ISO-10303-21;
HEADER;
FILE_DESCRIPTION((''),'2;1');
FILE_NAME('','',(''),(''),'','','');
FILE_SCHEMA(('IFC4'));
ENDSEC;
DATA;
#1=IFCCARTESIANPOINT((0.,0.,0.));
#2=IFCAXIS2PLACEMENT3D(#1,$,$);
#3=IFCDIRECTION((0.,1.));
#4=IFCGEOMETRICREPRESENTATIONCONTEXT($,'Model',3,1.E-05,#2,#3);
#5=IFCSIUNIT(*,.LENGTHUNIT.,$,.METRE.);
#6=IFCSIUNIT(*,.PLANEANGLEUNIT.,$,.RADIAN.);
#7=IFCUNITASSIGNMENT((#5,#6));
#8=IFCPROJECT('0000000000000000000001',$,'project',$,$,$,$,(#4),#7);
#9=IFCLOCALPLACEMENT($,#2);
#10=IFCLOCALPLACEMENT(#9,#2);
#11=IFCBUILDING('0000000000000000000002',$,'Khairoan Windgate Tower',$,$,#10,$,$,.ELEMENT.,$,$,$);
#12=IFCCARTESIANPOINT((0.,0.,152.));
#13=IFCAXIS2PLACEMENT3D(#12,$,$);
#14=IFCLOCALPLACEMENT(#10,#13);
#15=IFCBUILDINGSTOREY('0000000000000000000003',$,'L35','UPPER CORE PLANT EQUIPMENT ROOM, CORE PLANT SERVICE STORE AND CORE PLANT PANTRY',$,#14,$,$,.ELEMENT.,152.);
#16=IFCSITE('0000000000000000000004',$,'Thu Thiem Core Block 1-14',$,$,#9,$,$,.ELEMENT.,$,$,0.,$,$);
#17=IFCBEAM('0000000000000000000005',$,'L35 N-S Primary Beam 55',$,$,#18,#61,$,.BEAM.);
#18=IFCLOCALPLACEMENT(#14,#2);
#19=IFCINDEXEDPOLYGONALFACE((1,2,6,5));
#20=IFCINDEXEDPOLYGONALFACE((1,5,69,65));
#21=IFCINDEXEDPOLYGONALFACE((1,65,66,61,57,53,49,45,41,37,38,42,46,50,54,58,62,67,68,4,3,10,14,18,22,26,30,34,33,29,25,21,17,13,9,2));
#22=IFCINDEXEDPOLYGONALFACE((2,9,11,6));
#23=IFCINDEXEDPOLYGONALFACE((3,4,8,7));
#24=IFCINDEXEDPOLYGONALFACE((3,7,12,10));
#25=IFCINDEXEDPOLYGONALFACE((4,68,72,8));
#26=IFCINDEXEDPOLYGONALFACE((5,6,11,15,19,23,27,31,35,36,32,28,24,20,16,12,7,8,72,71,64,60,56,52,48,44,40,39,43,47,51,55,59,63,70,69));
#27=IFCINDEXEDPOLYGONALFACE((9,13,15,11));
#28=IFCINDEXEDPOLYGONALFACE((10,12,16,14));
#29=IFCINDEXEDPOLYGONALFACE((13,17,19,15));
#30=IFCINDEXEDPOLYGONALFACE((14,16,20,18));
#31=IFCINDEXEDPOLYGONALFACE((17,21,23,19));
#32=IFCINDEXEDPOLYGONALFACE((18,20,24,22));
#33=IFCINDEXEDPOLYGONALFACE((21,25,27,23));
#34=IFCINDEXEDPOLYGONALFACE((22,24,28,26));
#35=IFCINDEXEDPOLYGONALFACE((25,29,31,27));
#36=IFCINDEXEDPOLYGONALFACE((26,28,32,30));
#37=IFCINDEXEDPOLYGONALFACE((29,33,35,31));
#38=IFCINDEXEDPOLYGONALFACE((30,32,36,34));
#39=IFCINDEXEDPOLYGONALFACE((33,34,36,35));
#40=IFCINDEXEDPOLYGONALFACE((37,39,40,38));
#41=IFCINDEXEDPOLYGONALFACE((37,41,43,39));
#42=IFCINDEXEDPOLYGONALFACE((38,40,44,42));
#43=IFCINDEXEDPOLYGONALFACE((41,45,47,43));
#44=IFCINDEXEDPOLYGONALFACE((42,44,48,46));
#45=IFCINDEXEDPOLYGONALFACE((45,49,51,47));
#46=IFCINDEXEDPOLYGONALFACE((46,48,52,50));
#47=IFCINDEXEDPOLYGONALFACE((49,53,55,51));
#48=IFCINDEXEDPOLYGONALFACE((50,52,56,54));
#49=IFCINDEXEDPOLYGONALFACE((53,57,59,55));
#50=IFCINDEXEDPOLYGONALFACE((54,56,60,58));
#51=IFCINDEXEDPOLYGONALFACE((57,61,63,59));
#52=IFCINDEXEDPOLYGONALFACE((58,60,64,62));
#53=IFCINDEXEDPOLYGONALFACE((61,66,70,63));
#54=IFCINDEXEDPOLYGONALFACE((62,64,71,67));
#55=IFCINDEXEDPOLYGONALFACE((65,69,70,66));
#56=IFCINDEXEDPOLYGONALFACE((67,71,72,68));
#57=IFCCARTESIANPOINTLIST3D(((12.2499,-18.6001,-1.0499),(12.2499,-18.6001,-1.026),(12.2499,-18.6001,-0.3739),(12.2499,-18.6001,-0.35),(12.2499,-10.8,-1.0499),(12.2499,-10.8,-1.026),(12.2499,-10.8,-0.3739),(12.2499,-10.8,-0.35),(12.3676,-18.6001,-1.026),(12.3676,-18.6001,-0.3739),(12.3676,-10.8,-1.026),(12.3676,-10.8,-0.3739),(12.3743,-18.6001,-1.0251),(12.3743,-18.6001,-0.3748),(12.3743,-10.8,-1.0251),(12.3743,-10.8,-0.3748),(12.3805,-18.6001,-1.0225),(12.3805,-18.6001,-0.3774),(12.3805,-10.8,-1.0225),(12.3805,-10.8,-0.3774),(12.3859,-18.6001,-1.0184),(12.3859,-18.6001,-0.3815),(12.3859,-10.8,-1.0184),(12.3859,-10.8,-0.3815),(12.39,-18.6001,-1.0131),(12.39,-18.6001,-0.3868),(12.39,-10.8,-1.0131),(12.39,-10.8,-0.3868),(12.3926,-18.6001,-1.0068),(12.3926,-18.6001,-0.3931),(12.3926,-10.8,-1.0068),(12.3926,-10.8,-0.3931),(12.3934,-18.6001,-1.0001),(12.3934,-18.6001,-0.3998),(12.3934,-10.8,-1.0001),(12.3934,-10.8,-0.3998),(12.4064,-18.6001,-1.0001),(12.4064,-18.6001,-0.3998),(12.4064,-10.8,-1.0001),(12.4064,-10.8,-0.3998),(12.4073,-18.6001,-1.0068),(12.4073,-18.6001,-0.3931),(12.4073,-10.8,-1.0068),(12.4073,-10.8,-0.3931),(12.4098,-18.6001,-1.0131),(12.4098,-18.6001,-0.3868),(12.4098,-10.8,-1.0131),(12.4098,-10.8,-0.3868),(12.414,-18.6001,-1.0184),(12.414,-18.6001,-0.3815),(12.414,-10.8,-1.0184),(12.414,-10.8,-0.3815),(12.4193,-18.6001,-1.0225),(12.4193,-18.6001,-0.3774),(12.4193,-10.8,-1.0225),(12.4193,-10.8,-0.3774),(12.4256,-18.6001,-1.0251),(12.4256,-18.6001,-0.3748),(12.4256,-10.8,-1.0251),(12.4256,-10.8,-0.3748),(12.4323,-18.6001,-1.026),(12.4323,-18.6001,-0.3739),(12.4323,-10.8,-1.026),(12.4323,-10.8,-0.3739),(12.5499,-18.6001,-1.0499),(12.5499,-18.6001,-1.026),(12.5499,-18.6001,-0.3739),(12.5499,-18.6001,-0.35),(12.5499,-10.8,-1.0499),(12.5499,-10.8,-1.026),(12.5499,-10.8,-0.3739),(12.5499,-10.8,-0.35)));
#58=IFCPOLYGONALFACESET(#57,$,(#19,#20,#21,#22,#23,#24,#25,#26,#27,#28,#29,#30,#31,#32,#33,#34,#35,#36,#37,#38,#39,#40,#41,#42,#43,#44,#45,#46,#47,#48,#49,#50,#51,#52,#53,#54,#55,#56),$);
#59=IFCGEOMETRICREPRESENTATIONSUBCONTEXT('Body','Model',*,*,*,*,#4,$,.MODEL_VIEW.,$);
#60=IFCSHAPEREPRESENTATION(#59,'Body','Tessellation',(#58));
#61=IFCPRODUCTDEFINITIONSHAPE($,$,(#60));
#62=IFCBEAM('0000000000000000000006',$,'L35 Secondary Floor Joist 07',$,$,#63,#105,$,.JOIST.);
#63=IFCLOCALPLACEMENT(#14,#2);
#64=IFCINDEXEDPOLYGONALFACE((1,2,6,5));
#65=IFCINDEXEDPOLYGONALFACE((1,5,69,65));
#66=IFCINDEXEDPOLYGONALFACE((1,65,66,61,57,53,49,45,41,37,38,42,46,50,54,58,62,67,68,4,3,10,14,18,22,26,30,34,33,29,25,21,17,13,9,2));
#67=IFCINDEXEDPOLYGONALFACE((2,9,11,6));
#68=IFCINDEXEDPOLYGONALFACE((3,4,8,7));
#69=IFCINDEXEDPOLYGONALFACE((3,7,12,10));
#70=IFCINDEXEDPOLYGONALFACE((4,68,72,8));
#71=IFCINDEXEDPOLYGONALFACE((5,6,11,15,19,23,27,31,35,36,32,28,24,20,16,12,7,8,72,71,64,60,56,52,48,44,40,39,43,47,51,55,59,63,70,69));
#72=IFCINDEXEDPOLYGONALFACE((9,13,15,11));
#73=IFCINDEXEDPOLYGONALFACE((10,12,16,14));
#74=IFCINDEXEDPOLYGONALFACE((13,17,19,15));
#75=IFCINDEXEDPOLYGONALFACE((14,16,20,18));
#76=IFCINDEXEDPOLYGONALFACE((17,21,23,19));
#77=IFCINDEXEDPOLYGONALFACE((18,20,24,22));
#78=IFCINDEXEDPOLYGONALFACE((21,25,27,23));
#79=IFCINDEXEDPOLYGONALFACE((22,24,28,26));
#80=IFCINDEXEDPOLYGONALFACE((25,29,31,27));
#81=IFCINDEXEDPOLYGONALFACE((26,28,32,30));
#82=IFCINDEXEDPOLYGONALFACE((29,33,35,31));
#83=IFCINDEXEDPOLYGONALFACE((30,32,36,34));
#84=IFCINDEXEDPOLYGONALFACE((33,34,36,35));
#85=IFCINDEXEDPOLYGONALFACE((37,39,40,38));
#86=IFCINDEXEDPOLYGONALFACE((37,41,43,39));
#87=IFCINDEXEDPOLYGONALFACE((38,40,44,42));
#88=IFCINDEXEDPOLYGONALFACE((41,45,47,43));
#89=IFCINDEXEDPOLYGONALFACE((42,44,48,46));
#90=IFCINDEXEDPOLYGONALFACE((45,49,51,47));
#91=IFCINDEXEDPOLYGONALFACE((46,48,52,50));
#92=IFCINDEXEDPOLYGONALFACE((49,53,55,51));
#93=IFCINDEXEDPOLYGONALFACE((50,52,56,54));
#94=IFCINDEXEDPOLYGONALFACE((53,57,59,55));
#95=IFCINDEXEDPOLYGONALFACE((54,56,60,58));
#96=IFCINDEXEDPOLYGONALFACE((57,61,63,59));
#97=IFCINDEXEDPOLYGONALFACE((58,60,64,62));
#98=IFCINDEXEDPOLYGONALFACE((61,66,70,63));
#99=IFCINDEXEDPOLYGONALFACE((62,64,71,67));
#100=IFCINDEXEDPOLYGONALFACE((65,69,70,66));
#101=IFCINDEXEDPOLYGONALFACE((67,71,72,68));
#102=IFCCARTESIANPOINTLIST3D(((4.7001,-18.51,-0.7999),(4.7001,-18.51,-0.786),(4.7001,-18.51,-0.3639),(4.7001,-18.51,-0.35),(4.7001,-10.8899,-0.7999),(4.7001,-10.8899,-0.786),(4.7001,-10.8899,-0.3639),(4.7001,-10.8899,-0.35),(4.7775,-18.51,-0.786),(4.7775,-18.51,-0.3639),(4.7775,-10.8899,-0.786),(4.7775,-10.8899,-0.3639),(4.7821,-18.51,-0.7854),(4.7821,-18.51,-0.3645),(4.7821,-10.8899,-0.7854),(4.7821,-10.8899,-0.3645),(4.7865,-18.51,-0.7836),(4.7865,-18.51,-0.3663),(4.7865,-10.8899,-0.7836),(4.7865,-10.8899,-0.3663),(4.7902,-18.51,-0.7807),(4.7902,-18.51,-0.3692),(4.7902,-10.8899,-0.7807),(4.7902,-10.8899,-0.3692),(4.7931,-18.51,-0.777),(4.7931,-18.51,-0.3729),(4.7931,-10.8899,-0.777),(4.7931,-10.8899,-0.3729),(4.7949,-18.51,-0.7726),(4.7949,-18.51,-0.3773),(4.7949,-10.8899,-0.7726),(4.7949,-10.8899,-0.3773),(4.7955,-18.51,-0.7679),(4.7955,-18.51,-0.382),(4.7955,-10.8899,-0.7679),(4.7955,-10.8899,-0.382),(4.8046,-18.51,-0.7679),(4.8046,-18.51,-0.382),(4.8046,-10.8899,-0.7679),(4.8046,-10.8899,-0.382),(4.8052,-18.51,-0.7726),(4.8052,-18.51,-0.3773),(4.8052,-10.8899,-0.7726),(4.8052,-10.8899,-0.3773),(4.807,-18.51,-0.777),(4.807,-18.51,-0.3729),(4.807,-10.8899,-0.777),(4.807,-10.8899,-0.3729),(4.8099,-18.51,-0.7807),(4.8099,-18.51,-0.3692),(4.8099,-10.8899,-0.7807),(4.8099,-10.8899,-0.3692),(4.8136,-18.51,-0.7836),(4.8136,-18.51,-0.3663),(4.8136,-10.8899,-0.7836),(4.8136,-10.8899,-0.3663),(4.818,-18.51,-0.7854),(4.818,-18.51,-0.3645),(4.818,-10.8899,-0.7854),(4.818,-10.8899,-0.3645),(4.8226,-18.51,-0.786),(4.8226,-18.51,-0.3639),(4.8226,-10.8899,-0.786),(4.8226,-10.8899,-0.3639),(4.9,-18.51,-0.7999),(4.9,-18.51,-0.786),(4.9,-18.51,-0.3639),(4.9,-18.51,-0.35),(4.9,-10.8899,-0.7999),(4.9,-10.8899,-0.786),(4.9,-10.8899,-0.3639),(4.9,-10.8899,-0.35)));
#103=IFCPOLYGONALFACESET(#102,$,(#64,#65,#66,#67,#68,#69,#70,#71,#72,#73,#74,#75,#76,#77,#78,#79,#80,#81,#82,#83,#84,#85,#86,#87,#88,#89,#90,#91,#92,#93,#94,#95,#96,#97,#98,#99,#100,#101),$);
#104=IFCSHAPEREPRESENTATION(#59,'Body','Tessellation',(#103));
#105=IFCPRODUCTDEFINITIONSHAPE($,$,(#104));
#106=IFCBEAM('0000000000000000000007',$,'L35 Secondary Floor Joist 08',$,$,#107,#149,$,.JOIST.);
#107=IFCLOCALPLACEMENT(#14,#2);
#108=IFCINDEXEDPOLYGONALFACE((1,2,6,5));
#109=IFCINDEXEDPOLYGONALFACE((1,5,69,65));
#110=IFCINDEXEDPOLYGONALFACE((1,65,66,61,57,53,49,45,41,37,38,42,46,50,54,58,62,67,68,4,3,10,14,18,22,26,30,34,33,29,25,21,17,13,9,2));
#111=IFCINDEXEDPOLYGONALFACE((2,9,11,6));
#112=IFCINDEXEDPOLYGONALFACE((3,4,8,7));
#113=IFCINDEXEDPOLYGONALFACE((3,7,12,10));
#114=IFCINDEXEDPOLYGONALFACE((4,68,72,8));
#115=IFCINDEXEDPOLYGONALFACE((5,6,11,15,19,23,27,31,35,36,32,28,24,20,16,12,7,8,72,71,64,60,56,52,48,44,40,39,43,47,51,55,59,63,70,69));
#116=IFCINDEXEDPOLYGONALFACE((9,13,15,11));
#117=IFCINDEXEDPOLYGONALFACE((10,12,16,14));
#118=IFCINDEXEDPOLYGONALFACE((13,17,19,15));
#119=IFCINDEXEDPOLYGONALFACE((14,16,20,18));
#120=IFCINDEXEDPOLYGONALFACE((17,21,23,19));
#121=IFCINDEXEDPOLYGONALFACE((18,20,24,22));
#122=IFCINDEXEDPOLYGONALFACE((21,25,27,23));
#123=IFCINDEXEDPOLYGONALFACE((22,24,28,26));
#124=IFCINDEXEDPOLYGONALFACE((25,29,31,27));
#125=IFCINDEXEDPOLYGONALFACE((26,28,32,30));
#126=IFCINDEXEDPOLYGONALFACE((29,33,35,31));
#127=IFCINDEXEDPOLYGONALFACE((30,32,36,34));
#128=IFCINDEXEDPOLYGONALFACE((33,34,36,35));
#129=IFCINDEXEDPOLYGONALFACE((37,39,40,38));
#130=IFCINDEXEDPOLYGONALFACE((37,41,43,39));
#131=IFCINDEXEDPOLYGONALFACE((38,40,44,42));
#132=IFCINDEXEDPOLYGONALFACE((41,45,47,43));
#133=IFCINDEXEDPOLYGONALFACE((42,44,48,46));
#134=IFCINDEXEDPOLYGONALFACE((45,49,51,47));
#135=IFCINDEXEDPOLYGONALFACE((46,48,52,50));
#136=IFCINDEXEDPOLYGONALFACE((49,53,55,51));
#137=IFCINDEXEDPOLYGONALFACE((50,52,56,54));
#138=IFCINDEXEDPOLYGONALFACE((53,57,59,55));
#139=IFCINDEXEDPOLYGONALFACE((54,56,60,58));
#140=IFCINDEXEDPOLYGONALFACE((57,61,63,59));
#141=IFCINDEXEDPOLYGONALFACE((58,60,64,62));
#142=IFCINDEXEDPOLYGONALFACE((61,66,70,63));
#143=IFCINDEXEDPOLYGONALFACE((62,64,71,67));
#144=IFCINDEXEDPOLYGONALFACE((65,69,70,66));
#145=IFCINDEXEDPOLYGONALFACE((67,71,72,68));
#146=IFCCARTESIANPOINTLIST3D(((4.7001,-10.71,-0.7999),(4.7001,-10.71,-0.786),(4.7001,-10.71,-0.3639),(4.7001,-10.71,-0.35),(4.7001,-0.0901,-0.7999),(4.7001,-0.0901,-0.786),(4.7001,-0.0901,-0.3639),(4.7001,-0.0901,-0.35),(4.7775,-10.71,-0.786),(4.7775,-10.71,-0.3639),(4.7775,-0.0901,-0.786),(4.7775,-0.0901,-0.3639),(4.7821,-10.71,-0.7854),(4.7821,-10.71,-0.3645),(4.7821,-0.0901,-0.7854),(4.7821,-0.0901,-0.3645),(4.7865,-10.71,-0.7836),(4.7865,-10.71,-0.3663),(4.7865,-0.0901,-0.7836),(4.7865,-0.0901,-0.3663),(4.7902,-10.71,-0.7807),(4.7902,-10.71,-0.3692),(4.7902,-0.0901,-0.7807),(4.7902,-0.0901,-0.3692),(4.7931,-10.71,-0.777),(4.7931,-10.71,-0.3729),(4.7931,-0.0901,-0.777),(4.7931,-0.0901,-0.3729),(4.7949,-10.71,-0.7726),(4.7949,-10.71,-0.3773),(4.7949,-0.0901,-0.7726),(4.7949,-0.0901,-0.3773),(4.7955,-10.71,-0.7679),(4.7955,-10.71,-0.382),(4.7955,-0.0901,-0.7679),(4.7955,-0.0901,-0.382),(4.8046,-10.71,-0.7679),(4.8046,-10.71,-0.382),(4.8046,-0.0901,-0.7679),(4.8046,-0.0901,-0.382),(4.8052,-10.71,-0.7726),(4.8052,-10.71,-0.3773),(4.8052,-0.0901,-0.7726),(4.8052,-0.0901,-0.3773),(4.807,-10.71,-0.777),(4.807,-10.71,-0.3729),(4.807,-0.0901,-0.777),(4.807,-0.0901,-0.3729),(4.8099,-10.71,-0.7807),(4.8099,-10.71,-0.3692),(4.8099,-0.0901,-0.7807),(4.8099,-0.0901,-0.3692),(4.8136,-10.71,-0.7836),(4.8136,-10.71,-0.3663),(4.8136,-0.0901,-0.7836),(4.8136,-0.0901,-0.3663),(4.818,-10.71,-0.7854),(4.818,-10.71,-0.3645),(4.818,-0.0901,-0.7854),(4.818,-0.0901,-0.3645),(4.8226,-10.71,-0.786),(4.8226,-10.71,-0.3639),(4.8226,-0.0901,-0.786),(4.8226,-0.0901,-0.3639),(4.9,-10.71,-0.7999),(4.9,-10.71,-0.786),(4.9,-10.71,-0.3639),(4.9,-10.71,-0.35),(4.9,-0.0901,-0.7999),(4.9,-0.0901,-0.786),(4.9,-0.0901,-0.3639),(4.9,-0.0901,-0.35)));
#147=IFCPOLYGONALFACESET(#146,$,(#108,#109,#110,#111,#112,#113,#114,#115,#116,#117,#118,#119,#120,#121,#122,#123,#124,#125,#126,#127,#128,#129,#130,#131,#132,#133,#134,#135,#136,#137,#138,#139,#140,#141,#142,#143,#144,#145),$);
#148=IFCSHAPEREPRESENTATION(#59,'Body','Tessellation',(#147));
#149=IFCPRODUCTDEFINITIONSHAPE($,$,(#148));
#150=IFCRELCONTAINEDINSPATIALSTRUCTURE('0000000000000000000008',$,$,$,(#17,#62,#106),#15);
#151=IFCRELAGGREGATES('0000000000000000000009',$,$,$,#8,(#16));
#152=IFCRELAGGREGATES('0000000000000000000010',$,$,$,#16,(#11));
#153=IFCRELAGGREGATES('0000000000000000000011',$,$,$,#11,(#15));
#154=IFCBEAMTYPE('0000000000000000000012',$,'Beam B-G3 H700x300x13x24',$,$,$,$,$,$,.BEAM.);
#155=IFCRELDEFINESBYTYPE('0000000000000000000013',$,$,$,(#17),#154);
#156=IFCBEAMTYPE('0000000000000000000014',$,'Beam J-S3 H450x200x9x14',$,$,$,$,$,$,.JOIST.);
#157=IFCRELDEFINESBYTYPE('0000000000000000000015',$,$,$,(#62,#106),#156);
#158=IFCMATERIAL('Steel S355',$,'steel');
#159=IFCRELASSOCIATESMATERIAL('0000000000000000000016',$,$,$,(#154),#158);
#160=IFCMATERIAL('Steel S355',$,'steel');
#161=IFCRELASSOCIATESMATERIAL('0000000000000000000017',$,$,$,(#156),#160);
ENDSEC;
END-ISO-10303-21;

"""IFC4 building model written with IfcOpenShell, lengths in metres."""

from ifc_helpers import new_model, si_unit, direction, frame, origin, origin_2d, place, context, subcontext, project, spatial, i_section, extrude, material, material_profile, profile_set, type_object, element, save


model = new_model("IFC4")

# Units and contexts
model_context = context("Model", 3, precision=1e-05, world=origin(), true_north=direction((0.0, 1.0)))
body_context = subcontext(model_context, "Body", "Model", "MODEL_VIEW")
ifc_project = project(units=[si_unit("LENGTHUNIT", "METRE"), si_unit("PLANEANGLEUNIT", "RADIAN")], contexts=[model_context])

# Site, building, storey
site_placement = place(None, origin())
site = spatial("IfcSite", under=ifc_project, at=site_placement, Name="Thu Thiem Core Block 1-14", CompositionType="ELEMENT", RefElevation=0.0)
building_placement = place(site_placement, origin())
building = spatial("IfcBuilding", under=site, at=building_placement, Name="Khairoan Windgate Tower", CompositionType="ELEMENT")
storey_placement = place(building_placement, frame((0.0, 0.0, 152.0)))
storey = spatial("IfcBuildingStorey", under=building, at=storey_placement, Name="L35", Description="UPPER CORE PLANT EQUIPMENT ROOM, CORE PLANT SERVICE STORE AND CORE PLANT PANTRY", CompositionType="ELEMENT", Elevation=152.0)

# Beams
ifc_material_1 = material(Name="Steel S355", Category="steel")
ifc_material_profile_1 = material_profile(ifc_material_1, i_section(OverallWidth=0.3, OverallDepth=0.7, WebThickness=0.0129, FlangeThickness=0.0239, FilletRadius=0.0259, at=origin_2d()))
ifc_profile_set_1 = profile_set([ifc_material_profile_1], Name="Steel S355")
beam_type_1 = type_object("IfcBeamType", Name="Beam B-G3 H700x300x13x24", PredefinedType="BEAM", material=ifc_profile_set_1)
beam_1_placement = place(storey_placement, frame((12.3999, -18.6001, -0.7), z_axis=(0.0, 1.0, 0.0), x_axis=(-1.0, 0.0, 0.0)))
element("IfcBeam", 1, at=beam_1_placement, inside=storey, type_object=beam_type_1, Name="L35 N-S Primary Beam 55", PredefinedType="BEAM", context=body_context, shape_type="SweptSolid", body=[
    extrude(i_section(OverallWidth=0.3, OverallDepth=0.7, WebThickness=0.0129, FlangeThickness=0.0239, FilletRadius=0.0259, at=origin_2d()), origin(), (0.0, 0.0, 1.0), 7.8),
])
ifc_material_2 = material(Name="Steel S355", Category="steel")
ifc_material_profile_2 = material_profile(ifc_material_2, i_section(OverallWidth=0.2, OverallDepth=0.45, WebThickness=0.009, FlangeThickness=0.0139, FilletRadius=0.0181, at=origin_2d()))
ifc_profile_set_2 = profile_set([ifc_material_profile_2], Name="Steel S355")
beam_type_2 = type_object("IfcBeamType", Name="Beam J-S3 H450x200x9x14", PredefinedType="JOIST", material=ifc_profile_set_2)
beam_2_placement = place(storey_placement, frame((4.8, -18.51, -0.575), z_axis=(0.0, 1.0, 0.0), x_axis=(-1.0, 0.0, 0.0)))
element("IfcBeam", 2, at=beam_2_placement, inside=storey, type_object=beam_type_2, Name="L35 Secondary Floor Joist 07", PredefinedType="JOIST", context=body_context, shape_type="SweptSolid", body=[
    extrude(i_section(OverallWidth=0.2, OverallDepth=0.45, WebThickness=0.009, FlangeThickness=0.0139, FilletRadius=0.0181, at=origin_2d()), origin(), (0.0, 0.0, 1.0), 7.6201),
])
beam_3_placement = place(storey_placement, frame((4.8, -10.71, -0.575), z_axis=(0.0, 1.0, 0.0), x_axis=(-1.0, 0.0, 0.0)))
element("IfcBeam", 3, at=beam_3_placement, inside=storey, type_object=beam_type_2, Name="L35 Secondary Floor Joist 08", PredefinedType="JOIST", context=body_context, shape_type="SweptSolid", body=[
    extrude(i_section(OverallWidth=0.2, OverallDepth=0.45, WebThickness=0.009, FlangeThickness=0.0139, FilletRadius=0.0181, at=origin_2d()), origin(), (0.0, 0.0, 1.0), 10.6199),
])

save(model, "model.ifc")
